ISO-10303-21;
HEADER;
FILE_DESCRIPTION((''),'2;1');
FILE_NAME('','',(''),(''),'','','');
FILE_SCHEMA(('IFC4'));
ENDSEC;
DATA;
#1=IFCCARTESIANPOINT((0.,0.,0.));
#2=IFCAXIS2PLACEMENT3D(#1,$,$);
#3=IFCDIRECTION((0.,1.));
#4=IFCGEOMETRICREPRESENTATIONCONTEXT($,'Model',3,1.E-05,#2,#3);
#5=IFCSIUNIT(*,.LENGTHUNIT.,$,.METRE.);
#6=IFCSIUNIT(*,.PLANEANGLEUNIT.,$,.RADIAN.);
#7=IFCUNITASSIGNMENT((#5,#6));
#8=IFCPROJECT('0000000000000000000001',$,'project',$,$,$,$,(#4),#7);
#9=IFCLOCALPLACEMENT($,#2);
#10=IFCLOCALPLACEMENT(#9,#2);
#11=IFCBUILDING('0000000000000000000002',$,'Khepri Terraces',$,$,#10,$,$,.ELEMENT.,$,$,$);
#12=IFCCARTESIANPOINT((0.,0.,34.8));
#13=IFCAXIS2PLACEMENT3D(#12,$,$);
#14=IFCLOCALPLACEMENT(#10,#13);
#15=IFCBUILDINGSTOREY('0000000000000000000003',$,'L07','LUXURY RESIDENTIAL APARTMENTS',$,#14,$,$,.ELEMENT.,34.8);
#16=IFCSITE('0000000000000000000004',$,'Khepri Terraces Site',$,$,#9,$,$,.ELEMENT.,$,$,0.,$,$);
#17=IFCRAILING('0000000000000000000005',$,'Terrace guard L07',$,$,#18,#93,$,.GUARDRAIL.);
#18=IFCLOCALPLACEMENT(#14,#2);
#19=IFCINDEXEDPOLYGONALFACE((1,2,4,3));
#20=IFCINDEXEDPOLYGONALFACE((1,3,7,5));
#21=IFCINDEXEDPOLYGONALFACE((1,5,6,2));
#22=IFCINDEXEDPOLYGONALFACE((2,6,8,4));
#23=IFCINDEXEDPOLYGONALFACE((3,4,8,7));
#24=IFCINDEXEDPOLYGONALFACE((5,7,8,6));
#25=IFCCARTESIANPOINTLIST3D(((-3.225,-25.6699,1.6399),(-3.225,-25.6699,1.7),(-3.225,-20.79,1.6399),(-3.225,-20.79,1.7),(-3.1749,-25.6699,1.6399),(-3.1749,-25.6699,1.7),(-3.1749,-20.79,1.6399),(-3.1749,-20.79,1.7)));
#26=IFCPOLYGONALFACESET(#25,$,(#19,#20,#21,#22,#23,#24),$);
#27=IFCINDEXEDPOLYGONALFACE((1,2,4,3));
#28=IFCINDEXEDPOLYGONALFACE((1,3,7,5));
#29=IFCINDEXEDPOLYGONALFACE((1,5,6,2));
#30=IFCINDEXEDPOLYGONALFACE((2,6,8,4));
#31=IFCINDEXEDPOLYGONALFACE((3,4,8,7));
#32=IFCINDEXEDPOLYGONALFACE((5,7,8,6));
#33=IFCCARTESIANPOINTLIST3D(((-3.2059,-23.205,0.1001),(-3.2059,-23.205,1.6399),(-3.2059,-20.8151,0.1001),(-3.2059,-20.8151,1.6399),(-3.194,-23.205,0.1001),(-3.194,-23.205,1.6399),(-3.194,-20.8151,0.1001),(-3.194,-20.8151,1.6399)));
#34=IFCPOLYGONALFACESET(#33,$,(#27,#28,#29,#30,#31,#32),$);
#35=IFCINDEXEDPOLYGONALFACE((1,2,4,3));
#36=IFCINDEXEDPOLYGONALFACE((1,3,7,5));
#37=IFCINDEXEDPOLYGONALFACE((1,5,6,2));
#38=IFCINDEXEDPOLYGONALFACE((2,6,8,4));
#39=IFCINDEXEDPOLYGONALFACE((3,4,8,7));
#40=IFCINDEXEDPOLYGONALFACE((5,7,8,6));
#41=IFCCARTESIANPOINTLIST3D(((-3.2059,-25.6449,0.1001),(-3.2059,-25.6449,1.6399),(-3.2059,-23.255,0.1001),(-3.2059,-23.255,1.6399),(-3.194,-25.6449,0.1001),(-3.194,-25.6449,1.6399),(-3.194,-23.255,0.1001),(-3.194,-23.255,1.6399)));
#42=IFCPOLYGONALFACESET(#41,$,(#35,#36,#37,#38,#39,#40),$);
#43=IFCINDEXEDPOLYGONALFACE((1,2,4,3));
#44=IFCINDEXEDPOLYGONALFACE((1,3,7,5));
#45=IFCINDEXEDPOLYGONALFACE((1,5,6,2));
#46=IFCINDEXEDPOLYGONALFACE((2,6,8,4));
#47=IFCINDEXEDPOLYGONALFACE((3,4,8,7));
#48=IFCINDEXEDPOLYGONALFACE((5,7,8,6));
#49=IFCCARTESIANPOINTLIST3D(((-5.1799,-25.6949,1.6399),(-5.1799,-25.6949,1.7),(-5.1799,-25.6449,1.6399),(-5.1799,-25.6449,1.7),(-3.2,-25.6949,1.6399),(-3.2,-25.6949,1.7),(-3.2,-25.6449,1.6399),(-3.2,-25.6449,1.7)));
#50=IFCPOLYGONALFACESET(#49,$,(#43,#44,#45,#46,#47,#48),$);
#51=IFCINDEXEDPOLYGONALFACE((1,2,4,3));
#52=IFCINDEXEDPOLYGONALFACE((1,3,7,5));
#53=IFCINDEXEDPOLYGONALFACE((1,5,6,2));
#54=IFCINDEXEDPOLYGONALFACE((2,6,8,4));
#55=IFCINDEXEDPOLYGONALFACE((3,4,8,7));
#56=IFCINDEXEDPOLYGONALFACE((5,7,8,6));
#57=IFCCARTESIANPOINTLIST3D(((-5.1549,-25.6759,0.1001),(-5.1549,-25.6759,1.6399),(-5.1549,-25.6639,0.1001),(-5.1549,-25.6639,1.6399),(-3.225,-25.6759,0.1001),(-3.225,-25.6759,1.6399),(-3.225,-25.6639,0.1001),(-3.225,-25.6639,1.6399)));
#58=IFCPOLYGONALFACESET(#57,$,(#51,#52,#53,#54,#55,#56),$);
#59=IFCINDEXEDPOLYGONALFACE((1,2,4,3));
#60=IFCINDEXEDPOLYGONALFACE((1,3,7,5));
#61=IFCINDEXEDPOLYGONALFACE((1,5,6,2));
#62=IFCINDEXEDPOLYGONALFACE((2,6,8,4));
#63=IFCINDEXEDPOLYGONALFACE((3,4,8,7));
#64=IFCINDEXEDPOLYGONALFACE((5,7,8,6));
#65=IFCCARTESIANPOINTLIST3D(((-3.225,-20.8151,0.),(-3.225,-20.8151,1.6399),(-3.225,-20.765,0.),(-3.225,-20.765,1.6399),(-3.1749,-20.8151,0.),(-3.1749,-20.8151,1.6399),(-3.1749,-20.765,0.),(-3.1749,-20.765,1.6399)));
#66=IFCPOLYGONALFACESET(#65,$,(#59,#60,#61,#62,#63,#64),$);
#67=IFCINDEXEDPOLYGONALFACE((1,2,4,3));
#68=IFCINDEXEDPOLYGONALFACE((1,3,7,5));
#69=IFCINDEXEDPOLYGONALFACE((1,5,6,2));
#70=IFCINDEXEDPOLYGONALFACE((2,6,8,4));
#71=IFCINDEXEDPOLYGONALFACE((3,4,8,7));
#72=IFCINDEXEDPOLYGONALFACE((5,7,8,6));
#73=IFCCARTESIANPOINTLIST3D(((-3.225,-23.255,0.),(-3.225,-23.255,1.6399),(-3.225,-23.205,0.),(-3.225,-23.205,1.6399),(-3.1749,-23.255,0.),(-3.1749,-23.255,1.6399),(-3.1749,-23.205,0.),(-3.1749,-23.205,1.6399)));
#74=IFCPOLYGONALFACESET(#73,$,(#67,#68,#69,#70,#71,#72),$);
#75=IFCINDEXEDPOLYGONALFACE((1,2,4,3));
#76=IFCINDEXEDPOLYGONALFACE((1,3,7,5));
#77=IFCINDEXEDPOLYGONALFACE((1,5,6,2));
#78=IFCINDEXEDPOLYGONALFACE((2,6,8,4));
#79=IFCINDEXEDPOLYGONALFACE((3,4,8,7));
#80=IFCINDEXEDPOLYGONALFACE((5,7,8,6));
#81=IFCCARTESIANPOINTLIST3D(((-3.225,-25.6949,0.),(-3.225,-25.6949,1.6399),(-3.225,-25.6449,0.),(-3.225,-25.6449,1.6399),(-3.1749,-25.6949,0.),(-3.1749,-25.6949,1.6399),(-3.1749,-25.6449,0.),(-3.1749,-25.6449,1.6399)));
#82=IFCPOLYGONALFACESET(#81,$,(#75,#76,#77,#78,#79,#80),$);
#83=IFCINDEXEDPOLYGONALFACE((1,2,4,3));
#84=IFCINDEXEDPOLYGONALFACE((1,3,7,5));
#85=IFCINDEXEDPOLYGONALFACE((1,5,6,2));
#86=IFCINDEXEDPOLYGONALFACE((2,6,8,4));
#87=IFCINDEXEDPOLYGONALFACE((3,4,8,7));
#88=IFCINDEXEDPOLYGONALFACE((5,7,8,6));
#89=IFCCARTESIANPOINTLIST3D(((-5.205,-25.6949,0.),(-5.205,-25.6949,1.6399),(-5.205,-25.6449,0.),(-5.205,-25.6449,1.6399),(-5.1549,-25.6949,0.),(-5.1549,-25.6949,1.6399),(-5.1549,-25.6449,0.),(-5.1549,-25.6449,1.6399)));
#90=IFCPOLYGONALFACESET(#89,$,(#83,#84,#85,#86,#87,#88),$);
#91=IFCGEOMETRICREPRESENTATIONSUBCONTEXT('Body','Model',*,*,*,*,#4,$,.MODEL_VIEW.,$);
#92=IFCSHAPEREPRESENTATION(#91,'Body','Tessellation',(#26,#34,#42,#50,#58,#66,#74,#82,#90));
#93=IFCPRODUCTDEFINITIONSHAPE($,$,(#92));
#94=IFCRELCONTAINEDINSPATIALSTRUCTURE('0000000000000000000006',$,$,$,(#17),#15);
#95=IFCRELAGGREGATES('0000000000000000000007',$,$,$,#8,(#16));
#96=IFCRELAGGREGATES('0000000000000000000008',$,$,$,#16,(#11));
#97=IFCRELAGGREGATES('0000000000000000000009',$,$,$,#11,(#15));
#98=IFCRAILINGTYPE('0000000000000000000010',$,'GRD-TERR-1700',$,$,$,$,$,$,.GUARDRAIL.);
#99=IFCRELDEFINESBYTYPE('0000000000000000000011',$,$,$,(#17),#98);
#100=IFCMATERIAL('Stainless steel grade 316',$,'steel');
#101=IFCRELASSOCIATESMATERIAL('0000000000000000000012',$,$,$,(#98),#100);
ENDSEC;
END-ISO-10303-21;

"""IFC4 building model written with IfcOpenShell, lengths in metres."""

from ifc_helpers import new_model, si_unit, direction, frame, origin, origin_2d, place, context, subcontext, project, spatial, rectangle, extrude, material, type_object, element, save


model = new_model("IFC4")

# Units and contexts
model_context = context("Model", 3, precision=1e-05, world=origin(), true_north=direction((0.0, 1.0)))
body_context = subcontext(model_context, "Body", "Model", "MODEL_VIEW")
ifc_project = project(units=[si_unit("LENGTHUNIT", "METRE"), si_unit("PLANEANGLEUNIT", "RADIAN")], contexts=[model_context])

# Site, building, storey
site_placement = place(None, origin())
site = spatial("IfcSite", under=ifc_project, at=site_placement, Name="Khepri Terraces Site", CompositionType="ELEMENT", RefElevation=0.0)
building_placement = place(site_placement, origin())
building = spatial("IfcBuilding", under=site, at=building_placement, Name="Khepri Terraces", CompositionType="ELEMENT")
storey_placement = place(building_placement, frame((0.0, 0.0, 34.8)))
storey = spatial("IfcBuildingStorey", under=building, at=storey_placement, Name="L07", Description="LUXURY RESIDENTIAL APARTMENTS", CompositionType="ELEMENT", Elevation=34.8)

# Railing
ifc_material_1 = material(Name="Stainless steel grade 316", Category="steel")
railing_type = type_object("IfcRailingType", Name="GRD-TERR-1700", PredefinedType="GUARDRAIL", material=ifc_material_1)
railing_placement = place(storey_placement, frame((-3.2, -20.79, 0.0)))
element("IfcRailing", 1, at=railing_placement, inside=storey, type_object=railing_type, Name="Terrace guard L07", PredefinedType="GUARDRAIL", context=body_context, shape_type="SweptSolid", body=[
    extrude(rectangle(XDim=0.05, YDim=0.0601, at=origin_2d()), frame((0.0, 0.0, 1.6699), z_axis=(0.0, -1.0, 0.0), x_axis=(1.0, 0.0, 0.0)), (0.0, 0.0, 1.0), 4.8799),
    extrude(rectangle(XDim=2.3899, YDim=0.012, at=origin_2d()), frame((0.0, -1.22, 0.1001), z_axis=(0.0, 0.0, 1.0), x_axis=(0.0, -1.0, 0.0)), (0.0, 0.0, 1.0), 1.5398),
    extrude(rectangle(XDim=2.3899, YDim=0.012, at=origin_2d()), frame((0.0, -3.6599, 0.1001), z_axis=(0.0, 0.0, 1.0), x_axis=(0.0, -1.0, 0.0)), (0.0, 0.0, 1.0), 1.5398),
    extrude(rectangle(XDim=0.05, YDim=0.0601, at=origin_2d()), frame((0.0, -4.8799, 1.6699), z_axis=(-1.0, 0.0, 0.0), x_axis=(0.0, -1.0, 0.0)), (0.0, 0.0, 1.0), 1.98),
    extrude(rectangle(XDim=1.9299, YDim=0.012, at=origin_2d()), frame((-0.99, -4.8799, 0.1001), z_axis=(0.0, 0.0, 1.0), x_axis=(-1.0, 0.0, 0.0)), (0.0, 0.0, 1.0), 1.5398),
    extrude(rectangle(XDim=0.05, YDim=0.05, at=origin_2d()), origin(), (0.0, 0.0, 1.0), 1.6399),
    extrude(rectangle(XDim=0.05, YDim=0.05, at=origin_2d()), frame((0.0, -2.4399, 0.0)), (0.0, 0.0, 1.0), 1.6399),
    extrude(rectangle(XDim=0.05, YDim=0.05, at=origin_2d()), frame((0.0, -4.8799, 0.0)), (0.0, 0.0, 1.0), 1.6399),
    extrude(rectangle(XDim=0.05, YDim=0.05, at=origin_2d()), frame((-1.98, -4.8799, 0.0)), (0.0, 0.0, 1.0), 1.6399),
])

save(model, "model.ifc")
